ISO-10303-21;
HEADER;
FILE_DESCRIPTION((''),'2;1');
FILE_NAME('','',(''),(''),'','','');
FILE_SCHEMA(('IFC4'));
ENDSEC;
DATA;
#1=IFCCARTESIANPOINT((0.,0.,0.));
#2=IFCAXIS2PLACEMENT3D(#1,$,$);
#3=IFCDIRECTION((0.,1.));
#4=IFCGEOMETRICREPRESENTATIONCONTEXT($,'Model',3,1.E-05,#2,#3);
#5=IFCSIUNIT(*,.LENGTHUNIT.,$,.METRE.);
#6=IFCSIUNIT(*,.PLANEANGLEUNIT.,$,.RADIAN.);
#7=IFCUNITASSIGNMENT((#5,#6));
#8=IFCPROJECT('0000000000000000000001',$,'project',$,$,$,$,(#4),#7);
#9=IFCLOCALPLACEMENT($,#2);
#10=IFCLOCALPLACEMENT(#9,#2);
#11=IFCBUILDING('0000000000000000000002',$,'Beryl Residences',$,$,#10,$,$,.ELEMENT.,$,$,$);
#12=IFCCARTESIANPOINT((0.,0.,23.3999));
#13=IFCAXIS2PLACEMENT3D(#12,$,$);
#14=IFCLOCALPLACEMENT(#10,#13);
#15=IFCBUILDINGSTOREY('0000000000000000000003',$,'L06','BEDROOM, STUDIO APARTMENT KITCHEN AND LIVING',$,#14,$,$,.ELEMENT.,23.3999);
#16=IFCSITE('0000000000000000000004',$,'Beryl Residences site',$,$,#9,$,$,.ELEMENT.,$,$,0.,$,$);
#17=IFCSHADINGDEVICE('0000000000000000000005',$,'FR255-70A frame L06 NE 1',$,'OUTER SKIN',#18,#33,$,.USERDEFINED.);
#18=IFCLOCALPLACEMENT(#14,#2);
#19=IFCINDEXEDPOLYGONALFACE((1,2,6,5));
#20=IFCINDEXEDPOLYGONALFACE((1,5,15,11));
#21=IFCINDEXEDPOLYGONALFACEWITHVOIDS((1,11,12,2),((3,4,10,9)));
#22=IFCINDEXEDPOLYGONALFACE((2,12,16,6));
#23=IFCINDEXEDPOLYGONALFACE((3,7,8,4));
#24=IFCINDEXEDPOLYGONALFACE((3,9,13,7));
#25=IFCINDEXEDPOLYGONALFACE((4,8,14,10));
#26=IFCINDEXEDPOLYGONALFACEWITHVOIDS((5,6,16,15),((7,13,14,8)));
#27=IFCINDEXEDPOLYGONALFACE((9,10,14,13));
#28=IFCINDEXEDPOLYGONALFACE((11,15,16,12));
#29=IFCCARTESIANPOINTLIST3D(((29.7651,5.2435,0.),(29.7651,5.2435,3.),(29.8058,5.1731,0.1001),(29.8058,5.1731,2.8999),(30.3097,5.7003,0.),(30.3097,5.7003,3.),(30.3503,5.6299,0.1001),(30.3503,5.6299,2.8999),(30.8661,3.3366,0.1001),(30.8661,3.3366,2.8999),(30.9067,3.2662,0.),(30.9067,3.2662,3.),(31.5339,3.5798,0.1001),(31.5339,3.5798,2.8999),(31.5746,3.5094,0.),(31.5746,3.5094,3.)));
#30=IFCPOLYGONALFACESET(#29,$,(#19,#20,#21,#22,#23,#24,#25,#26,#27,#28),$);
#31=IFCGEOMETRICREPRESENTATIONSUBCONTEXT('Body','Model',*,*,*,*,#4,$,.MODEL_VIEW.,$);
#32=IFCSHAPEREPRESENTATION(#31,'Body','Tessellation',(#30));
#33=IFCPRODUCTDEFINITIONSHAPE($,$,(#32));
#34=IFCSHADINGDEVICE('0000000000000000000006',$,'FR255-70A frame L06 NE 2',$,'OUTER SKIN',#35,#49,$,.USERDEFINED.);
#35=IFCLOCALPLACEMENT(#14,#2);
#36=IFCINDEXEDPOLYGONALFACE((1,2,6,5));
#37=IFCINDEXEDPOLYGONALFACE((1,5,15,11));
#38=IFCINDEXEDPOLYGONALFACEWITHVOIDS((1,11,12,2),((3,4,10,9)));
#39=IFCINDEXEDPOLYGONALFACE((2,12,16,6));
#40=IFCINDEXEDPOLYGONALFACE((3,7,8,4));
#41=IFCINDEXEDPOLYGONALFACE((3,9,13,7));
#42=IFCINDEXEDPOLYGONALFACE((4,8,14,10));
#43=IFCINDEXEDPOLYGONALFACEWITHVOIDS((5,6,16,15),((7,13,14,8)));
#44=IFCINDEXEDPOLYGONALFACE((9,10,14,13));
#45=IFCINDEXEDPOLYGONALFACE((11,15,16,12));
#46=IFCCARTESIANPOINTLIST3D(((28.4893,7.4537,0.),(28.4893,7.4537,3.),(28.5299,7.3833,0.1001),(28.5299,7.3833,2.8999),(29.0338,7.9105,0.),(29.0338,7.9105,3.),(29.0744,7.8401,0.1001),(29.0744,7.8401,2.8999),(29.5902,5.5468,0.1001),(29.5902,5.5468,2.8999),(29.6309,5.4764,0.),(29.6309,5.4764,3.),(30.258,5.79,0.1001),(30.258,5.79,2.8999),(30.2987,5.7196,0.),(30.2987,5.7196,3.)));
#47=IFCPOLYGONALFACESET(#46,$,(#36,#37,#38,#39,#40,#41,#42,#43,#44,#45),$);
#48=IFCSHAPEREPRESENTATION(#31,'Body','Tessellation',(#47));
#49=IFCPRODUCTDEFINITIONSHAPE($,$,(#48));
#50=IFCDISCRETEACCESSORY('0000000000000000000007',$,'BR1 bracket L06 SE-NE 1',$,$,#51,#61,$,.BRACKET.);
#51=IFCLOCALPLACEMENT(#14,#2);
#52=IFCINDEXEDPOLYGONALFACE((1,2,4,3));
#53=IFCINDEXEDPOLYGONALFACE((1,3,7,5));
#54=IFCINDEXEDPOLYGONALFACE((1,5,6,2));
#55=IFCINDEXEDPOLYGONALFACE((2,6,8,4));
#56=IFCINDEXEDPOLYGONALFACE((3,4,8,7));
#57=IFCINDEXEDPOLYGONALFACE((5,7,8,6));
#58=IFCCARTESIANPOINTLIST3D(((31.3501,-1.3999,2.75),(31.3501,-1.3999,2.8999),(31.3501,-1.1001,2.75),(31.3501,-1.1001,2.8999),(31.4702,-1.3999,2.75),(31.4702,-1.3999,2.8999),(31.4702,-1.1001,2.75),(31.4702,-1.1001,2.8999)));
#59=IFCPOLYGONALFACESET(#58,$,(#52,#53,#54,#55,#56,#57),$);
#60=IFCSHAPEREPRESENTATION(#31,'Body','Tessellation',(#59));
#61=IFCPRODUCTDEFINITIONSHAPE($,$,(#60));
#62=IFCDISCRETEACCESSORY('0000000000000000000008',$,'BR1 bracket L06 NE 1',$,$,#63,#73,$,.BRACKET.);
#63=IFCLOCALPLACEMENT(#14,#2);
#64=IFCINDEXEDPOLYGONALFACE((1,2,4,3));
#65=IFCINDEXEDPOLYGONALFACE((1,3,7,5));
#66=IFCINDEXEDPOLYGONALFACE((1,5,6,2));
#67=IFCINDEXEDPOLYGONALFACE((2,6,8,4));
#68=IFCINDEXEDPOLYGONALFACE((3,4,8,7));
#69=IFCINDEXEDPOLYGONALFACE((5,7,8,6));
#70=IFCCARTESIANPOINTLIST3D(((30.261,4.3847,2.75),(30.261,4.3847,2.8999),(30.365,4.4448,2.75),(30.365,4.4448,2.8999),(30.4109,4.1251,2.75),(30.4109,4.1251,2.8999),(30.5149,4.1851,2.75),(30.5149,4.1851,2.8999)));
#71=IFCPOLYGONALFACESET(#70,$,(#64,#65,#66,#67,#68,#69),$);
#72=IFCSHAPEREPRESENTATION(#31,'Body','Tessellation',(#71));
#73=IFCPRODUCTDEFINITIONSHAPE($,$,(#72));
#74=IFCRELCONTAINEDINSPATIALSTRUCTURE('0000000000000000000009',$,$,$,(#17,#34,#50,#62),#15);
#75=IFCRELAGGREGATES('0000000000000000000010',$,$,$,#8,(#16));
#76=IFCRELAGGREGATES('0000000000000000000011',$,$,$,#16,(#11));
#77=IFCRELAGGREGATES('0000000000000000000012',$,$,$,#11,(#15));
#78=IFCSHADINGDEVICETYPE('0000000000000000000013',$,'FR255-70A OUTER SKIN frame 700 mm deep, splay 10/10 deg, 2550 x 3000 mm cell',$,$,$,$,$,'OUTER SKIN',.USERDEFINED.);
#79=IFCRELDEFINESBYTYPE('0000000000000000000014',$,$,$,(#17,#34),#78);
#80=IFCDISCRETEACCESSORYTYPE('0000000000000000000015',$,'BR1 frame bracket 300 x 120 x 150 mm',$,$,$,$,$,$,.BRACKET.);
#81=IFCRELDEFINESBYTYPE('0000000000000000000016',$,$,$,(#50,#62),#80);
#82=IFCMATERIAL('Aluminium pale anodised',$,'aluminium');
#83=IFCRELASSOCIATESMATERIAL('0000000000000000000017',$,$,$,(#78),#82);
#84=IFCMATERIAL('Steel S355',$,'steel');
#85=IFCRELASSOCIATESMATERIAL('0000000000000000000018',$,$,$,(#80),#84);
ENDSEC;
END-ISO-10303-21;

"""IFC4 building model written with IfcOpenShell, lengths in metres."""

from ifc_helpers import new_model, entity, si_unit, direction, frame, origin, place, context, subcontext, project, spatial, polyline, outline, extrude, source, transform, mapped, material, type_object, type_shapes, element, save


model = new_model("IFC4")

# Units and contexts
model_context = context("Model", 3, precision=1e-05, world=origin(), true_north=direction((0.0, 1.0)))
body_context = subcontext(model_context, "Body", "Model", "MODEL_VIEW")
ifc_project = project(units=[si_unit("LENGTHUNIT", "METRE"), si_unit("PLANEANGLEUNIT", "RADIAN")], contexts=[model_context])

# Site, building, storey
site_placement = place(None, origin())
site = spatial("IfcSite", under=ifc_project, at=site_placement, Name="Beryl Residences site", CompositionType="ELEMENT", RefElevation=0.0)
building_placement = place(site_placement, origin())
building = spatial("IfcBuilding", under=site, at=building_placement, Name="Beryl Residences", CompositionType="ELEMENT")
storey_placement = place(building_placement, frame((0.0, 0.0, 23.3999)))
storey = spatial("IfcBuildingStorey", under=building, at=storey_placement, Name="L06", Description="BEDROOM, STUDIO APARTMENT KITCHEN AND LIVING", CompositionType="ELEMENT", Elevation=23.3999)

# Shading devices
ifc_material_1 = material(Name="Aluminium pale anodised", Category="aluminium")
shading_device_type_1 = type_object("IfcShadingDeviceType", Name="FR255-70A OUTER SKIN frame 700 mm deep, splay 10/10 deg, 2550 x 3000 mm cell", ElementType="OUTER SKIN", PredefinedType="USERDEFINED", material=ifc_material_1)
cartesian_point_1 = entity("IfcCartesianPoint", [-1.1416, 0.0])
cartesian_point_2 = entity("IfcCartesianPoint", [-1.0603, 0.1001])
cartesian_point_3 = entity("IfcCartesianPoint", [-1.2649, 0.0])
cartesian_point_4 = entity("IfcCartesianPoint", [-1.1836, 0.1001])
shared_shape_1 = source(origin(), body_context, "Body", "SweptSolid", [
    entity("IfcExtrudedAreaSolidTapered", entity("IfcArbitraryProfileDefWithVoids", "AREA", None, entity("IfcPolyline", [cartesian_point_1, entity("IfcCartesianPoint", [1.1416, 0.0]), entity("IfcCartesianPoint", [1.1416, 3.0]), entity("IfcCartesianPoint", [-1.1416, 3.0]), cartesian_point_1]), [entity("IfcPolyline", [cartesian_point_2, entity("IfcCartesianPoint", [1.0603, 0.1001]), entity("IfcCartesianPoint", [1.0603, 2.8999]), entity("IfcCartesianPoint", [-1.0603, 2.8999]), cartesian_point_2])]), entity("IfcAxis2Placement3D", entity("IfcCartesianPoint", [0.0, 0.0, 0.0]), entity("IfcDirection", [0.0, 1.0, 0.0]), entity("IfcDirection", [-1.0, 0.0, 0.0])), entity("IfcDirection", [0.0, 0.0, 1.0]), 0.7, entity("IfcArbitraryProfileDefWithVoids", "AREA", None, entity("IfcPolyline", [cartesian_point_3, entity("IfcCartesianPoint", [1.2649, 0.0]), entity("IfcCartesianPoint", [1.2649, 3.0]), entity("IfcCartesianPoint", [-1.2649, 3.0]), cartesian_point_3]), [entity("IfcPolyline", [cartesian_point_4, entity("IfcCartesianPoint", [1.1836, 0.1001]), entity("IfcCartesianPoint", [1.1836, 2.8999]), entity("IfcCartesianPoint", [-1.1836, 2.8999]), cartesian_point_4])])),
])
type_shapes(shading_device_type_1, [shared_shape_1])
for number, where, z_axis, x_axis, name in (
    (1, (30.3359, 4.2549, 0.0), (0.0, 0.0, 1.0), (0.5, -0.866025, 0.0), "FR255-70A frame L06 NE 1"),
    (2, (29.0601, 6.4651, 0.0), (0.0, 0.0, 1.0), (0.5, -0.866025, 0.0), "FR255-70A frame L06 NE 2"),
):
    element("IfcShadingDevice", number, at=place(storey_placement, frame(where, z_axis=z_axis, x_axis=x_axis)), inside=storey, type_object=shading_device_type_1, Name=name, ObjectType="OUTER SKIN", PredefinedType="USERDEFINED", context=body_context, shape_type="MappedRepresentation", body=[
        mapped(shared_shape_1, transform((0.0, 0.0, 0.0))),
    ])

# Discrete accessories
ifc_material_2 = material(Name="Steel S355", Category="steel")
discrete_accessory_type = type_object("IfcDiscreteAccessoryType", Name="BR1 frame bracket 300 x 120 x 150 mm", PredefinedType="BRACKET", material=ifc_material_2)
shared_shape_2 = source(origin(), body_context, "Body", "SweptSolid", [
    extrude(outline(polyline([(-0.1499, 0.0), (0.1499, 0.0), (0.1499, 0.1201), (-0.1499, 0.1201), (-0.1499, 0.0)])), origin(), (0.0, 0.0, 1.0), 0.1499),
])
type_shapes(discrete_accessory_type, [shared_shape_2])
for number, where, z_axis, x_axis, name in (
    (3, (31.3501, -1.25, 2.75), (0.0, 0.0, 1.0), (0.0, -1.0, 0.0), "BR1 bracket L06 SE-NE 1"),
    (4, (30.3359, 4.2549, 2.75), (0.0, 0.0, 1.0), (0.5, -0.866025, 0.0), "BR1 bracket L06 NE 1"),
):
    element("IfcDiscreteAccessory", number, at=place(storey_placement, frame(where, z_axis=z_axis, x_axis=x_axis)), inside=storey, type_object=discrete_accessory_type, Name=name, PredefinedType="BRACKET", context=body_context, shape_type="MappedRepresentation", body=[
        mapped(shared_shape_2, transform((0.0, 0.0, 0.0))),
    ])

save(model, "model.ifc")
